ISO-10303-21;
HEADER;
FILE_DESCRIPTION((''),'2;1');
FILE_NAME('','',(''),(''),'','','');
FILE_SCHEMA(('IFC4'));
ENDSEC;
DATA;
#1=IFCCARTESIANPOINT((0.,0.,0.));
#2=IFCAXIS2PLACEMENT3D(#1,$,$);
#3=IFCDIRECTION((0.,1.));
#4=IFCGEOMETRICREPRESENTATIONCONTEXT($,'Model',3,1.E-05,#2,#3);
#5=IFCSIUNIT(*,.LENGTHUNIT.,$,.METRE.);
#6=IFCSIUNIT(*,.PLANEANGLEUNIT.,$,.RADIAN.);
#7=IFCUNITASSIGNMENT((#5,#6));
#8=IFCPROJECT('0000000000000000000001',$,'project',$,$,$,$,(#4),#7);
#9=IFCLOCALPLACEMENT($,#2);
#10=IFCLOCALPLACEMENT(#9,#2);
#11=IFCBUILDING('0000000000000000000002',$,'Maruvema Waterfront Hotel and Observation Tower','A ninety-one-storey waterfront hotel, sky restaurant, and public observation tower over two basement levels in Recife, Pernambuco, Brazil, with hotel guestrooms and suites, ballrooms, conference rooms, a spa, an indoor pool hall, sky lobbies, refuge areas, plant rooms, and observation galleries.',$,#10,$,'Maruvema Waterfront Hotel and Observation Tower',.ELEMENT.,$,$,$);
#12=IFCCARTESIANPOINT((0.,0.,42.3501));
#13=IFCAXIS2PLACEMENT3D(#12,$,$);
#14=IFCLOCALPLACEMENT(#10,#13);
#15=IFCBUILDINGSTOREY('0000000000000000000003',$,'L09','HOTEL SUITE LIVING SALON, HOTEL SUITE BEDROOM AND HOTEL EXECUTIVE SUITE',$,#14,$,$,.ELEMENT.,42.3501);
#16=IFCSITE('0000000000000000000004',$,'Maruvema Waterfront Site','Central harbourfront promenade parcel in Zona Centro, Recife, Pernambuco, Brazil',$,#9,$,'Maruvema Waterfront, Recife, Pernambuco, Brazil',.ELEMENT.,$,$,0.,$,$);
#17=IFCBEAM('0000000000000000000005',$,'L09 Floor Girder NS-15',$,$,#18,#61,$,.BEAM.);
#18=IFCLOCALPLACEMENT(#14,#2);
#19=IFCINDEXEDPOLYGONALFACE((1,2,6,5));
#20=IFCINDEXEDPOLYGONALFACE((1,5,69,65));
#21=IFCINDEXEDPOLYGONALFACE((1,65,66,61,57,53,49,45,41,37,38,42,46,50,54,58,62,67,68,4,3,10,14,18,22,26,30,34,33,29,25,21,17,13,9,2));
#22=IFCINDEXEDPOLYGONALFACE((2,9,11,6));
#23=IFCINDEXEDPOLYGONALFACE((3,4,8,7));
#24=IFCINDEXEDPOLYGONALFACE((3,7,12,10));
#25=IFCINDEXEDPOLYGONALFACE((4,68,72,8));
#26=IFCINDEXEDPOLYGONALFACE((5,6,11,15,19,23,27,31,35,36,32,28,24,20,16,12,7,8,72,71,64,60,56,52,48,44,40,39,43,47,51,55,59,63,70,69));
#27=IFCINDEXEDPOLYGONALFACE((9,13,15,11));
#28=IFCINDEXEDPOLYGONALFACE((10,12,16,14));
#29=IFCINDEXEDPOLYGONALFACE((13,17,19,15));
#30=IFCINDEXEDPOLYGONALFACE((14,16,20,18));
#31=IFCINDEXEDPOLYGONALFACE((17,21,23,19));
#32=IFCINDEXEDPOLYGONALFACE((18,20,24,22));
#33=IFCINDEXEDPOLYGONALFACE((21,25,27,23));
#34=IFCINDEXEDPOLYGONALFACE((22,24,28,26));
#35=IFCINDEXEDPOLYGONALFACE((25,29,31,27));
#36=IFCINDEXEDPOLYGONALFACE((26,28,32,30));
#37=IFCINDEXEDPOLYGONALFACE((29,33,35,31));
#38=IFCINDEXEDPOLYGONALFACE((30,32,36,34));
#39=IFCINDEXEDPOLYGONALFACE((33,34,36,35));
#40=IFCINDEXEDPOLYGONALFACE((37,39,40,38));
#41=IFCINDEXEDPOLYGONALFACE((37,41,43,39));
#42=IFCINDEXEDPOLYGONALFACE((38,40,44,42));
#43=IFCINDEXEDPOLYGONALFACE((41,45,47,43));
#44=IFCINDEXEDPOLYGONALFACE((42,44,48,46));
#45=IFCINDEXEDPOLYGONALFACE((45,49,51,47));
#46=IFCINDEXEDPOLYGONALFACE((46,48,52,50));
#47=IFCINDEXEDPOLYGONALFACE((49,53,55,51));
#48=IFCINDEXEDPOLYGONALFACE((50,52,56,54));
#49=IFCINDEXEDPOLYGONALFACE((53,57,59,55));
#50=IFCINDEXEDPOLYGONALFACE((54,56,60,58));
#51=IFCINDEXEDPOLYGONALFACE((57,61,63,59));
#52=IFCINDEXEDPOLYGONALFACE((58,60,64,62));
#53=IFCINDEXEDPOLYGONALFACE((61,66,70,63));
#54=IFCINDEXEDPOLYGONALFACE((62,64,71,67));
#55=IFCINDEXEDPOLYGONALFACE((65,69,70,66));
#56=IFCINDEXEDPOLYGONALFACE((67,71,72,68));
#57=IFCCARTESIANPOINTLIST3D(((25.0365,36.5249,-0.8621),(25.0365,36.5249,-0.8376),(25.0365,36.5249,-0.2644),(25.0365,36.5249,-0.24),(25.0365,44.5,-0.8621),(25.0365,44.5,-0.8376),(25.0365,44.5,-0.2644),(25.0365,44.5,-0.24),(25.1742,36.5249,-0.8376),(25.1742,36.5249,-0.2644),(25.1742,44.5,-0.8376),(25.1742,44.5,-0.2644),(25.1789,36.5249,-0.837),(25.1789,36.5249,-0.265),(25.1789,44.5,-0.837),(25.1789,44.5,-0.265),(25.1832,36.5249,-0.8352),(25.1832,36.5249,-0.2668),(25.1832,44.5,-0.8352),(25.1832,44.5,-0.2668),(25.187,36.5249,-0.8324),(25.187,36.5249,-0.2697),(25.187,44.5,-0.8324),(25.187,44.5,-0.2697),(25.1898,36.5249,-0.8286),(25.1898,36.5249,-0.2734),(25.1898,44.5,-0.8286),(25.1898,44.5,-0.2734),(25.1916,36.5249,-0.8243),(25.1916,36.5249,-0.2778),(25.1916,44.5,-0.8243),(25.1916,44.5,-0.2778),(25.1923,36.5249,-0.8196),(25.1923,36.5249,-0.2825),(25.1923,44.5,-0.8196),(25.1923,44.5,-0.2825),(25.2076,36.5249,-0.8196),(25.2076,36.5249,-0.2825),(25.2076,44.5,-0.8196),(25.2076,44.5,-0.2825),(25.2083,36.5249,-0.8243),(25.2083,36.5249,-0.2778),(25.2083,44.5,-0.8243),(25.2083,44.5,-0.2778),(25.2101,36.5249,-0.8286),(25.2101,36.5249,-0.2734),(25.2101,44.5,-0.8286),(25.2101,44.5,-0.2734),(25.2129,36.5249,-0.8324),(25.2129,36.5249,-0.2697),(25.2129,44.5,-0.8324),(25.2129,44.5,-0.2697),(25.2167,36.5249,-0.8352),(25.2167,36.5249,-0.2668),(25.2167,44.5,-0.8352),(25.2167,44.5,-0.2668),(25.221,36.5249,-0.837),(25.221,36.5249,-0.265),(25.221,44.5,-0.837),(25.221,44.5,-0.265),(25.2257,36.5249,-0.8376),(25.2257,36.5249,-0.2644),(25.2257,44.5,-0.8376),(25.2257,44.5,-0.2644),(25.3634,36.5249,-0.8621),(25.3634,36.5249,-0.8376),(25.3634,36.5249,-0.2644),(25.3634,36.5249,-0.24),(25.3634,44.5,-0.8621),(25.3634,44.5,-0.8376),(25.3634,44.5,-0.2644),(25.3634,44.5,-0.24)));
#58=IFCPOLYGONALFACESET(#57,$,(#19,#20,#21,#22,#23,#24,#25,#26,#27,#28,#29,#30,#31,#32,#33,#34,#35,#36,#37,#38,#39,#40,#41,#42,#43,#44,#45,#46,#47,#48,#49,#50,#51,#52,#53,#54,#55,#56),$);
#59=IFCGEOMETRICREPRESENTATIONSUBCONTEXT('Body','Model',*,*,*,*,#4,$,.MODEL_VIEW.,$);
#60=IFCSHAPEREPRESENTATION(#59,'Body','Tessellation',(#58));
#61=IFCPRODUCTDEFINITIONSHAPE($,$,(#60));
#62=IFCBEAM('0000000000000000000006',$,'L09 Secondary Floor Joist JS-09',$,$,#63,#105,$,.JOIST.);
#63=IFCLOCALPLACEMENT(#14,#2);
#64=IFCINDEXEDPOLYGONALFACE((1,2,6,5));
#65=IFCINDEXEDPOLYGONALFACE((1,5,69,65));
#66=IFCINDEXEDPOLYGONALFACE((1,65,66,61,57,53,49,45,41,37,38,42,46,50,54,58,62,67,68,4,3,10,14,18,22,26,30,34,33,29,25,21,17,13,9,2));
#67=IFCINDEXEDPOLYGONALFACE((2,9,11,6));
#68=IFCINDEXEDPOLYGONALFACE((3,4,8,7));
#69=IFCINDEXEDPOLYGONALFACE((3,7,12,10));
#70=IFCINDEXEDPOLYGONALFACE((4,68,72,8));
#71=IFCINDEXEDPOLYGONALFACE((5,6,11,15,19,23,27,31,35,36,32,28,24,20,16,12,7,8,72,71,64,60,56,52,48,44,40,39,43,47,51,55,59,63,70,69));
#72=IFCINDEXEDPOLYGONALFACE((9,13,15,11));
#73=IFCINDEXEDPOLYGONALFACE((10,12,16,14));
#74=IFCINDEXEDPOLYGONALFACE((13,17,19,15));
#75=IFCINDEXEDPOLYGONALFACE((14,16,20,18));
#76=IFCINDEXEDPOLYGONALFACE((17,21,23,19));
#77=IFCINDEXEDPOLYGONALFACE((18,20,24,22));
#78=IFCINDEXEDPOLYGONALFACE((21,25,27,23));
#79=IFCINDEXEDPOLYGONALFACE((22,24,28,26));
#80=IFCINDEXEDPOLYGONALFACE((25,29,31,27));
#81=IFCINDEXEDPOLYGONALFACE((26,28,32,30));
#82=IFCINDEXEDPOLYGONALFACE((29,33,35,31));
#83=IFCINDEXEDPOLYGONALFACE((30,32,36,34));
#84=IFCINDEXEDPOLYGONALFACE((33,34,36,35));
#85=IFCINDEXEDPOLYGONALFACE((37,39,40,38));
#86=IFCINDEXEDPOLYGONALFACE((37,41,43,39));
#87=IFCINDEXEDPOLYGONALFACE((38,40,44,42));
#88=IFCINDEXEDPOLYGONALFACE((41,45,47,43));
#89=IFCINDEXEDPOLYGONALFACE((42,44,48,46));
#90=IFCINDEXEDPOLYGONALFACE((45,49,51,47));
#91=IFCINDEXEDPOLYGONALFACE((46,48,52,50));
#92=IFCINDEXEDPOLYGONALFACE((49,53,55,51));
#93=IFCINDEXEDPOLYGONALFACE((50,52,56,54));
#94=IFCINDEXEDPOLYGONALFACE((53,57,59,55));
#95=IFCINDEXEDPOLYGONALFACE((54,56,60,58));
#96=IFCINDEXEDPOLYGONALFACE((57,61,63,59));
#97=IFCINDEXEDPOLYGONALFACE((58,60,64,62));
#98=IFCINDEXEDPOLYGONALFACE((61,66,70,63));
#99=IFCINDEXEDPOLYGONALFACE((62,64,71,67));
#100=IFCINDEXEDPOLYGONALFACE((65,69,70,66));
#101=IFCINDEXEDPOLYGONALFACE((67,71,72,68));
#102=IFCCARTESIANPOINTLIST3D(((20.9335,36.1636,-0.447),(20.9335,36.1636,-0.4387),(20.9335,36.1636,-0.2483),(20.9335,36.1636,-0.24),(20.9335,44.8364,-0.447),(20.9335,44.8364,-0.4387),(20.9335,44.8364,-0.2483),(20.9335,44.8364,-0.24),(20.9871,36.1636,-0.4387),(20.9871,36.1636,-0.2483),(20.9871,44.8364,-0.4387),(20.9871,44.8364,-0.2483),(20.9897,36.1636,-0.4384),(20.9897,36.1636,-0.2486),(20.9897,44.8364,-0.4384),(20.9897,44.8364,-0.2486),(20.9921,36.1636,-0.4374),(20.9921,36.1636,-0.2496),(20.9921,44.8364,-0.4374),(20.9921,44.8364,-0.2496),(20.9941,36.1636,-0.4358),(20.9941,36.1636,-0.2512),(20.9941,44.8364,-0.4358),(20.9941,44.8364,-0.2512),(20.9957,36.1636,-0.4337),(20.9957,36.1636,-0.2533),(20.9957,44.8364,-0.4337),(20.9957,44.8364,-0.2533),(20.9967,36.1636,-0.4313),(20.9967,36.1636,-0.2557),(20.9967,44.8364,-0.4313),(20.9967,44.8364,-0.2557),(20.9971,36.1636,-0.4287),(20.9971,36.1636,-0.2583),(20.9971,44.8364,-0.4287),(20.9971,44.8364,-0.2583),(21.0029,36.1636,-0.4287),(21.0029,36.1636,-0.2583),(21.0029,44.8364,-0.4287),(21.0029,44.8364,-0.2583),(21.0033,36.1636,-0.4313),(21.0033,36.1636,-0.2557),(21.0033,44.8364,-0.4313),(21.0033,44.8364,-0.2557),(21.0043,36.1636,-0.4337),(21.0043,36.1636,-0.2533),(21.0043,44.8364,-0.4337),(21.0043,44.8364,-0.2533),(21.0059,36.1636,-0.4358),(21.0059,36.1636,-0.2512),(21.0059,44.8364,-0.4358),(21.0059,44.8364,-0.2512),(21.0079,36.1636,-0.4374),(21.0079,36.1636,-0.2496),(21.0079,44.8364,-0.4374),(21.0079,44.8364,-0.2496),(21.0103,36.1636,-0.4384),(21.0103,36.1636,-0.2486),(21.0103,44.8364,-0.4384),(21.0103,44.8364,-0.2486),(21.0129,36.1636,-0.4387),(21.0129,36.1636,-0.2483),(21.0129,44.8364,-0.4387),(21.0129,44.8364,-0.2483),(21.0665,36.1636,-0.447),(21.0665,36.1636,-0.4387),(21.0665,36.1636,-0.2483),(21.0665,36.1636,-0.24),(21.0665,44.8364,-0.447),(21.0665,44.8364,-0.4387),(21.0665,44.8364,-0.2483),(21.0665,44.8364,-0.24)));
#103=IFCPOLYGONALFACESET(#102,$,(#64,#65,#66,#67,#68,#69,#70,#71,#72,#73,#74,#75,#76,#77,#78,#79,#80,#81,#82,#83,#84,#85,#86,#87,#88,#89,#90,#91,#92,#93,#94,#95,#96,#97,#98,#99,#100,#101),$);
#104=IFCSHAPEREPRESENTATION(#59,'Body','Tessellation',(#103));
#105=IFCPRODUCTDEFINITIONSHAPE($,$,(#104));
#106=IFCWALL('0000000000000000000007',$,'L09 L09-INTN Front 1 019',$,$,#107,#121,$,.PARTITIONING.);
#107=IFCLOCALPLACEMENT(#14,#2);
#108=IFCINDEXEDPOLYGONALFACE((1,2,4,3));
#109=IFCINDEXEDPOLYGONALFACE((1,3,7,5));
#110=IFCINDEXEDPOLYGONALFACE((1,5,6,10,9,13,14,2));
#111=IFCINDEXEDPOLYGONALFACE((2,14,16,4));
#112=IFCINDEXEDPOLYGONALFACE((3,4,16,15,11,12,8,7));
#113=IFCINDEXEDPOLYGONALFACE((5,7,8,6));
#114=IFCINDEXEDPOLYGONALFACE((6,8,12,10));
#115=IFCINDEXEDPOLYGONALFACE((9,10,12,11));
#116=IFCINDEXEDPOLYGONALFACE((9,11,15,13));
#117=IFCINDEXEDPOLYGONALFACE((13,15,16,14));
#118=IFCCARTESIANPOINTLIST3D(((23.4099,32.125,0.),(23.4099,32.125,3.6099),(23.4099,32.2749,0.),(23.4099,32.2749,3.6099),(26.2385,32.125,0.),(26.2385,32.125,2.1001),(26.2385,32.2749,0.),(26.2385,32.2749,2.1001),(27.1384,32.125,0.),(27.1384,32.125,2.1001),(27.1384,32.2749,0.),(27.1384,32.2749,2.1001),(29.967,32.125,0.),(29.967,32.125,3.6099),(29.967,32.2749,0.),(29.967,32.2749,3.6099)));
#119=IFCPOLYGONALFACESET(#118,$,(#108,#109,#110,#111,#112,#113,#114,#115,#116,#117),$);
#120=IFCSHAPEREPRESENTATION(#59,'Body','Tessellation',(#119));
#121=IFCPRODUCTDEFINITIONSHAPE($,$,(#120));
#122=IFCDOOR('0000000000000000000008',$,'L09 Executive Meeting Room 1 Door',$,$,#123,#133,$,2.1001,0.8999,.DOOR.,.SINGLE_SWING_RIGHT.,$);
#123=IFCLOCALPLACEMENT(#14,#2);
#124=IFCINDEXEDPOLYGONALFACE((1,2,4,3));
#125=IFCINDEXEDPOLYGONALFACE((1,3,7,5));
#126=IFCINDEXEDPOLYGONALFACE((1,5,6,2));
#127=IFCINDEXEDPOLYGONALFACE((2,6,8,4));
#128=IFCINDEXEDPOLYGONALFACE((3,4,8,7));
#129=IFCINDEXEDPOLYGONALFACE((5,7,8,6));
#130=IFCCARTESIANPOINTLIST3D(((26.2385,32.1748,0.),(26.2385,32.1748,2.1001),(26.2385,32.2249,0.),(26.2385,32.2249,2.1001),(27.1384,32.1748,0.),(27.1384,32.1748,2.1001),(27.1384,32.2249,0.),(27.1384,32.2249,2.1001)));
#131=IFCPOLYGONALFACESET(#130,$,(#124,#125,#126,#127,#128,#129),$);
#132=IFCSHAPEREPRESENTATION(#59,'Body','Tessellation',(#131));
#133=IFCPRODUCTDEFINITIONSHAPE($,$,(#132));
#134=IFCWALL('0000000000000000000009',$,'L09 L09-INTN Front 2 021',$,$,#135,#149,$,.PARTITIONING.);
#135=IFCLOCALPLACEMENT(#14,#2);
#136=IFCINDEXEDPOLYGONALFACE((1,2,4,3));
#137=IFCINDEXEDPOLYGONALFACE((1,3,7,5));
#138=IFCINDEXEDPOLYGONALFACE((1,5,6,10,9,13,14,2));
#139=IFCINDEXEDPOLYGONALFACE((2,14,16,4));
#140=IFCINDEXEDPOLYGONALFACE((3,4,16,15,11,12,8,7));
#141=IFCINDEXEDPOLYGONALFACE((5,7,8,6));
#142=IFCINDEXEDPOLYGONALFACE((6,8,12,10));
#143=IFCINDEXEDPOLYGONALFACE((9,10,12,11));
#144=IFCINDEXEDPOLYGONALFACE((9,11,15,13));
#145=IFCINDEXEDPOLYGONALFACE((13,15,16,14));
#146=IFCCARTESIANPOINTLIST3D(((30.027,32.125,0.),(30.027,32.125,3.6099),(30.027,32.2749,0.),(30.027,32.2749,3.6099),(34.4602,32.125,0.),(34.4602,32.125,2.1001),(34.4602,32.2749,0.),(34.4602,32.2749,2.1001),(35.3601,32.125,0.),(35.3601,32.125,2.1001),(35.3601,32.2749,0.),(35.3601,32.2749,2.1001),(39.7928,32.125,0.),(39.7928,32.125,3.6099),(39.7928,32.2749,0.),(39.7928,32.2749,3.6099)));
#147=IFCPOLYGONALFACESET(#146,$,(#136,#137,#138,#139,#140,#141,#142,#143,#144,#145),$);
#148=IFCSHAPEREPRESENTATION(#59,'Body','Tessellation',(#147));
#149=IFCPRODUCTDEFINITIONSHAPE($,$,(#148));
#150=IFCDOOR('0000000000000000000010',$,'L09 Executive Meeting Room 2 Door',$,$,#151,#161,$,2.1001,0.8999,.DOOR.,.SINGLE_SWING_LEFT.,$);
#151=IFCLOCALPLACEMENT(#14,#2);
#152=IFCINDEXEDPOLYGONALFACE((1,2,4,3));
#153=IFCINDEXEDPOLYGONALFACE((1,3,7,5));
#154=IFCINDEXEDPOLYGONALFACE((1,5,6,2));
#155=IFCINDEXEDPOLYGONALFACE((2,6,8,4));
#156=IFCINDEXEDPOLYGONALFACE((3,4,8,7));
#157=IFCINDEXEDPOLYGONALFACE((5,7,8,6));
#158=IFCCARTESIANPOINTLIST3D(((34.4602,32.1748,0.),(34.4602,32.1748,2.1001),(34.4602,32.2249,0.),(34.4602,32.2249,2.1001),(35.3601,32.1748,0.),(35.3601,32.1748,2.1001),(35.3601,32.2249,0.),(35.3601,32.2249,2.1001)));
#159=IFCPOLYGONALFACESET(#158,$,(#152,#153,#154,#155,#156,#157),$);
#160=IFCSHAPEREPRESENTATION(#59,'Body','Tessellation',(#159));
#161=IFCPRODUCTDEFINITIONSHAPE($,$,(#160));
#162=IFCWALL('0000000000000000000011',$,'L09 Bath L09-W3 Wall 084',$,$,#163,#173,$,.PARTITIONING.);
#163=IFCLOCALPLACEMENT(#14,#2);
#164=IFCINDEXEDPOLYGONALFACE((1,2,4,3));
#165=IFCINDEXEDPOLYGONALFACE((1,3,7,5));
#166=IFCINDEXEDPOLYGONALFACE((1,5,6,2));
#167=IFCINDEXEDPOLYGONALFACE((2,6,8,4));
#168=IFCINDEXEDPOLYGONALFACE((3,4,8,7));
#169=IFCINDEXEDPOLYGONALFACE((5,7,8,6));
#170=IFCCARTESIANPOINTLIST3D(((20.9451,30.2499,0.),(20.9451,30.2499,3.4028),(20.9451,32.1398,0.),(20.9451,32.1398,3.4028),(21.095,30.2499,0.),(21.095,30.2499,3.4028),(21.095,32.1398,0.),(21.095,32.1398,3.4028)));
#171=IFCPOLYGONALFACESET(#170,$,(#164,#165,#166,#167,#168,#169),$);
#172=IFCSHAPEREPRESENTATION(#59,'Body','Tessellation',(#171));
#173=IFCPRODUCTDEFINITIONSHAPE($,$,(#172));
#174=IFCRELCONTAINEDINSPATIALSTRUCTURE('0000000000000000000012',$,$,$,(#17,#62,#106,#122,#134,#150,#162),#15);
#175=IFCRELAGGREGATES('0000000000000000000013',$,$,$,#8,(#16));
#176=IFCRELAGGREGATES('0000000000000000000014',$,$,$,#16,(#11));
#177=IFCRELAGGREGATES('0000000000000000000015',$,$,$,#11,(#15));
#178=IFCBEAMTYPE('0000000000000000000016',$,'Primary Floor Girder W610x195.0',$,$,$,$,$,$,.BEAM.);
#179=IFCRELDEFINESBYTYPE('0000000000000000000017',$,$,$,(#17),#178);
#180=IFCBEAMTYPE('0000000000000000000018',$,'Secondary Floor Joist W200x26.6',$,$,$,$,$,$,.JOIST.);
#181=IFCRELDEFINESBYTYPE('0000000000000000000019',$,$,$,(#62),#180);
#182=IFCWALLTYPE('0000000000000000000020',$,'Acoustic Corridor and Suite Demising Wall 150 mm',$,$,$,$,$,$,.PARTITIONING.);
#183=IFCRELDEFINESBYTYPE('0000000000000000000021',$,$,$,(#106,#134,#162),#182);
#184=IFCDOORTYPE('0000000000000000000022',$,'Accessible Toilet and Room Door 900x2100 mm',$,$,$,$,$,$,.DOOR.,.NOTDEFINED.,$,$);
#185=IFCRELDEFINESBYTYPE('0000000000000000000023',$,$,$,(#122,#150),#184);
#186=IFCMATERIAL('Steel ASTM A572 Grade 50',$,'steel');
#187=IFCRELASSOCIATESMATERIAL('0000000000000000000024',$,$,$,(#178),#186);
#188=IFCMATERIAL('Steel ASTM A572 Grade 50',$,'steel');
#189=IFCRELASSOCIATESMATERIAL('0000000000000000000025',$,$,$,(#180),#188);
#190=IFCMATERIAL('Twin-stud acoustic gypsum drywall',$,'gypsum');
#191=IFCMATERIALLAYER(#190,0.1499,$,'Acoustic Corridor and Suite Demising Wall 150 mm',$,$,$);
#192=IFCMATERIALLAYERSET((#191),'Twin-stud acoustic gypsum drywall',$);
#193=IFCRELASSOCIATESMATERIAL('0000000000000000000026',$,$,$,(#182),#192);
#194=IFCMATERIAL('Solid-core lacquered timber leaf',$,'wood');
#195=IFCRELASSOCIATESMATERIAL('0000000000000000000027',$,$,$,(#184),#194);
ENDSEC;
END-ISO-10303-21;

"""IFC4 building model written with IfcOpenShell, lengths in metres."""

from ifc_helpers import new_model, si_unit, direction, frame, frame_2d, origin, origin_2d, place, context, subcontext, project, spatial, rectangle, i_section, extrude, material, layer, layer_set, material_profile, profile_set, type_object, element, fill, save


model = new_model("IFC4")

# Units and contexts
model_context = context("Model", 3, precision=1e-05, world=origin(), true_north=direction((0.0, 1.0)))
body_context = subcontext(model_context, "Body", "Model", "MODEL_VIEW")
ifc_project = project(units=[si_unit("LENGTHUNIT", "METRE"), si_unit("PLANEANGLEUNIT", "RADIAN")], contexts=[model_context])

# Site, building, storey
site_placement = place(None, origin())
site = spatial("IfcSite", under=ifc_project, at=site_placement, Name="Maruvema Waterfront Site", Description="Central harbourfront promenade parcel in Zona Centro, Recife, Pernambuco, Brazil", LongName="Maruvema Waterfront, Recife, Pernambuco, Brazil", CompositionType="ELEMENT", RefElevation=0.0)
building_placement = place(site_placement, origin())
building = spatial("IfcBuilding", under=site, at=building_placement, Name="Maruvema Waterfront Hotel and Observation Tower", Description="A ninety-one-storey waterfront hotel, sky restaurant, and public observation tower over two basement levels in Recife, Pernambuco, Brazil, with hotel guestrooms and suites, ballrooms, conference rooms, a spa, an indoor pool hall, sky lobbies, refuge areas, plant rooms, and observation galleries.", LongName="Maruvema Waterfront Hotel and Observation Tower", CompositionType="ELEMENT")
storey_placement = place(building_placement, frame((0.0, 0.0, 42.3501)))
storey = spatial("IfcBuildingStorey", under=building, at=storey_placement, Name="L09", Description="HOTEL SUITE LIVING SALON, HOTEL SUITE BEDROOM AND HOTEL EXECUTIVE SUITE", CompositionType="ELEMENT", Elevation=42.3501)

# Beams
ifc_material_1 = material(Name="Steel ASTM A572 Grade 50", Category="steel")
ifc_material_profile_1 = material_profile(ifc_material_1, i_section(OverallWidth=0.3269, OverallDepth=0.6221, WebThickness=0.0154, FlangeThickness=0.0244, FilletRadius=0.0181, at=origin_2d()), Name="W610x195.0")
ifc_profile_set_1 = profile_set([ifc_material_profile_1], Name="Steel ASTM A572 Grade 50")
beam_type_1 = type_object("IfcBeamType", Name="Primary Floor Girder W610x195.0", PredefinedType="BEAM", material=ifc_profile_set_1)
for number, where, z_axis, x_axis, name in (
    (1, (25.2, 36.5249, -0.551), (0.0, 1.0, 0.0), (-1.0, 0.0, 0.0), "L09 Floor Girder NS-15"),
):
    element("IfcBeam", number, at=place(storey_placement, frame(where, z_axis=z_axis, x_axis=x_axis)), inside=storey, type_object=beam_type_1, Name=name, PredefinedType="BEAM", context=body_context, shape_type="SweptSolid", body=[
        extrude(i_section(OverallWidth=0.3269, OverallDepth=0.6221, WebThickness=0.0154, FlangeThickness=0.0244, FilletRadius=0.0181, at=origin_2d()), origin(), (0.0, 0.0, 1.0), 7.9751),
    ])
ifc_material_2 = material(Name="Steel ASTM A572 Grade 50", Category="steel")
ifc_material_profile_2 = material_profile(ifc_material_2, i_section(OverallWidth=0.1331, OverallDepth=0.207, WebThickness=0.0059, FlangeThickness=0.0083, FilletRadius=0.01, at=origin_2d()), Name="W200x26.6")
ifc_profile_set_2 = profile_set([ifc_material_profile_2], Name="Steel ASTM A572 Grade 50")
beam_type_2 = type_object("IfcBeamType", Name="Secondary Floor Joist W200x26.6", PredefinedType="JOIST", material=ifc_profile_set_2)
beam_1_placement = place(storey_placement, frame((21.0, 36.1636, -0.3435), z_axis=(0.0, 1.0, 0.0), x_axis=(-1.0, 0.0, 0.0)))
element("IfcBeam", 2, at=beam_1_placement, inside=storey, type_object=beam_type_2, Name="L09 Secondary Floor Joist JS-09", PredefinedType="JOIST", context=body_context, shape_type="SweptSolid", body=[
    extrude(i_section(OverallWidth=0.1331, OverallDepth=0.207, WebThickness=0.0059, FlangeThickness=0.0083, FilletRadius=0.01, at=origin_2d()), origin(), (0.0, 0.0, 1.0), 8.6729),
])

# Walls, openings, doors
ifc_material_3 = material(Name="Twin-stud acoustic gypsum drywall", Category="gypsum")
ifc_layer_1 = layer(ifc_material_3, 0.1499, Name="Acoustic Corridor and Suite Demising Wall 150 mm")
ifc_layer_set_1 = layer_set([ifc_layer_1], Name="Twin-stud acoustic gypsum drywall")
wall_type_1 = type_object("IfcWallType", Name="Acoustic Corridor and Suite Demising Wall 150 mm", PredefinedType="PARTITIONING", material=ifc_layer_set_1)
wall_1_placement = place(storey_placement, frame((23.4099, 32.2, 0.0), z_axis=(0.0, 0.0, 1.0), x_axis=(1.0, 0.0, 0.0)))
wall_1 = element("IfcWall", 3, at=wall_1_placement, inside=storey, type_object=wall_type_1, Name="L09 L09-INTN Front 1 019", PredefinedType="PARTITIONING", context=body_context, shape_type="SweptSolid", body=[
    extrude(rectangle(XDim=6.5571, YDim=0.1499, at=frame_2d((3.2786, 0.0))), origin(), (0.0, 0.0, 1.0), 3.6099),
])
opening_1_placement = place(wall_1_placement, frame((2.8286, 0.0, 0.0)))
opening_1 = element("IfcOpeningElement", 4, at=opening_1_placement, cuts=wall_1, PredefinedType="OPENING", context=body_context, shape_type="SweptSolid", body=[
    extrude(rectangle(XDim=0.8999, YDim=2.1001, at=frame_2d((0.45, 1.05))), frame((0.0, 0.085, 0.0), z_axis=(0.0, -1.0, 0.0), x_axis=(1.0, 0.0, 0.0)), (0.0, 0.0, 1.0), 0.1699),
])
ifc_material_4 = material(Name="Solid-core lacquered timber leaf", Category="wood")
door_type_1 = type_object("IfcDoorType", Name="Accessible Toilet and Room Door 900x2100 mm", OperationType="NOTDEFINED", PredefinedType="DOOR", material=ifc_material_4)
door_1_placement = place(opening_1_placement, origin())
door_1 = element("IfcDoor", 5, at=door_1_placement, inside=storey, type_object=door_type_1, Name="L09 Executive Meeting Room 1 Door", OperationType="SINGLE_SWING_RIGHT", OverallHeight=2.1001, OverallWidth=0.8999, PredefinedType="DOOR", context=body_context, shape_type="SweptSolid", body=[
    extrude(rectangle(XDim=0.8999, YDim=2.1001, at=frame_2d((0.45, 1.05))), frame((0.0, 0.0249, 0.0), z_axis=(0.0, -1.0, 0.0), x_axis=(1.0, 0.0, 0.0)), (0.0, 0.0, 1.0), 0.05),
])
fill(opening_1, door_1)
wall_2_placement = place(storey_placement, frame((30.0271, 32.2, 0.0), z_axis=(0.0, 0.0, 1.0), x_axis=(1.0, 0.0, 0.0)))
wall_2 = element("IfcWall", 6, at=wall_2_placement, inside=storey, type_object=wall_type_1, Name="L09 L09-INTN Front 2 021", PredefinedType="PARTITIONING", context=body_context, shape_type="SweptSolid", body=[
    extrude(rectangle(XDim=9.7659, YDim=0.1499, at=frame_2d((4.8828, 0.0))), origin(), (0.0, 0.0, 1.0), 3.6099),
])
opening_2_placement = place(wall_2_placement, frame((4.4331, 0.0, 0.0)))
opening_2 = element("IfcOpeningElement", 7, at=opening_2_placement, cuts=wall_2, PredefinedType="OPENING", context=body_context, shape_type="SweptSolid", body=[
    extrude(rectangle(XDim=0.8999, YDim=2.1001, at=frame_2d((0.45, 1.05))), frame((0.0, 0.085, 0.0), z_axis=(0.0, -1.0, 0.0), x_axis=(1.0, 0.0, 0.0)), (0.0, 0.0, 1.0), 0.1699),
])
door_2_placement = place(opening_2_placement, origin())
door_2 = element("IfcDoor", 8, at=door_2_placement, inside=storey, type_object=door_type_1, Name="L09 Executive Meeting Room 2 Door", OperationType="SINGLE_SWING_LEFT", OverallHeight=2.1001, OverallWidth=0.8999, PredefinedType="DOOR", context=body_context, shape_type="SweptSolid", body=[
    extrude(rectangle(XDim=0.8999, YDim=2.1001, at=frame_2d((0.45, 1.05))), frame((0.0, 0.0249, 0.0), z_axis=(0.0, -1.0, 0.0), x_axis=(1.0, 0.0, 0.0)), (0.0, 0.0, 1.0), 0.05),
])
fill(opening_2, door_2)

# Wall
wall_3_placement = place(storey_placement, frame((21.02, 30.25, 0.0), z_axis=(0.0, 0.0, 1.0), x_axis=(0.0, 1.0, 0.0)))
element("IfcWall", 9, at=wall_3_placement, inside=storey, type_object=wall_type_1, Name="L09 Bath L09-W3 Wall 084", PredefinedType="PARTITIONING", context=body_context, shape_type="SweptSolid", body=[
    extrude(rectangle(XDim=1.8899, YDim=0.1499, at=frame_2d((0.9448, 0.0))), origin(), (0.0, 0.0, 1.0), 3.4028),
])

save(model, "model.ifc")
